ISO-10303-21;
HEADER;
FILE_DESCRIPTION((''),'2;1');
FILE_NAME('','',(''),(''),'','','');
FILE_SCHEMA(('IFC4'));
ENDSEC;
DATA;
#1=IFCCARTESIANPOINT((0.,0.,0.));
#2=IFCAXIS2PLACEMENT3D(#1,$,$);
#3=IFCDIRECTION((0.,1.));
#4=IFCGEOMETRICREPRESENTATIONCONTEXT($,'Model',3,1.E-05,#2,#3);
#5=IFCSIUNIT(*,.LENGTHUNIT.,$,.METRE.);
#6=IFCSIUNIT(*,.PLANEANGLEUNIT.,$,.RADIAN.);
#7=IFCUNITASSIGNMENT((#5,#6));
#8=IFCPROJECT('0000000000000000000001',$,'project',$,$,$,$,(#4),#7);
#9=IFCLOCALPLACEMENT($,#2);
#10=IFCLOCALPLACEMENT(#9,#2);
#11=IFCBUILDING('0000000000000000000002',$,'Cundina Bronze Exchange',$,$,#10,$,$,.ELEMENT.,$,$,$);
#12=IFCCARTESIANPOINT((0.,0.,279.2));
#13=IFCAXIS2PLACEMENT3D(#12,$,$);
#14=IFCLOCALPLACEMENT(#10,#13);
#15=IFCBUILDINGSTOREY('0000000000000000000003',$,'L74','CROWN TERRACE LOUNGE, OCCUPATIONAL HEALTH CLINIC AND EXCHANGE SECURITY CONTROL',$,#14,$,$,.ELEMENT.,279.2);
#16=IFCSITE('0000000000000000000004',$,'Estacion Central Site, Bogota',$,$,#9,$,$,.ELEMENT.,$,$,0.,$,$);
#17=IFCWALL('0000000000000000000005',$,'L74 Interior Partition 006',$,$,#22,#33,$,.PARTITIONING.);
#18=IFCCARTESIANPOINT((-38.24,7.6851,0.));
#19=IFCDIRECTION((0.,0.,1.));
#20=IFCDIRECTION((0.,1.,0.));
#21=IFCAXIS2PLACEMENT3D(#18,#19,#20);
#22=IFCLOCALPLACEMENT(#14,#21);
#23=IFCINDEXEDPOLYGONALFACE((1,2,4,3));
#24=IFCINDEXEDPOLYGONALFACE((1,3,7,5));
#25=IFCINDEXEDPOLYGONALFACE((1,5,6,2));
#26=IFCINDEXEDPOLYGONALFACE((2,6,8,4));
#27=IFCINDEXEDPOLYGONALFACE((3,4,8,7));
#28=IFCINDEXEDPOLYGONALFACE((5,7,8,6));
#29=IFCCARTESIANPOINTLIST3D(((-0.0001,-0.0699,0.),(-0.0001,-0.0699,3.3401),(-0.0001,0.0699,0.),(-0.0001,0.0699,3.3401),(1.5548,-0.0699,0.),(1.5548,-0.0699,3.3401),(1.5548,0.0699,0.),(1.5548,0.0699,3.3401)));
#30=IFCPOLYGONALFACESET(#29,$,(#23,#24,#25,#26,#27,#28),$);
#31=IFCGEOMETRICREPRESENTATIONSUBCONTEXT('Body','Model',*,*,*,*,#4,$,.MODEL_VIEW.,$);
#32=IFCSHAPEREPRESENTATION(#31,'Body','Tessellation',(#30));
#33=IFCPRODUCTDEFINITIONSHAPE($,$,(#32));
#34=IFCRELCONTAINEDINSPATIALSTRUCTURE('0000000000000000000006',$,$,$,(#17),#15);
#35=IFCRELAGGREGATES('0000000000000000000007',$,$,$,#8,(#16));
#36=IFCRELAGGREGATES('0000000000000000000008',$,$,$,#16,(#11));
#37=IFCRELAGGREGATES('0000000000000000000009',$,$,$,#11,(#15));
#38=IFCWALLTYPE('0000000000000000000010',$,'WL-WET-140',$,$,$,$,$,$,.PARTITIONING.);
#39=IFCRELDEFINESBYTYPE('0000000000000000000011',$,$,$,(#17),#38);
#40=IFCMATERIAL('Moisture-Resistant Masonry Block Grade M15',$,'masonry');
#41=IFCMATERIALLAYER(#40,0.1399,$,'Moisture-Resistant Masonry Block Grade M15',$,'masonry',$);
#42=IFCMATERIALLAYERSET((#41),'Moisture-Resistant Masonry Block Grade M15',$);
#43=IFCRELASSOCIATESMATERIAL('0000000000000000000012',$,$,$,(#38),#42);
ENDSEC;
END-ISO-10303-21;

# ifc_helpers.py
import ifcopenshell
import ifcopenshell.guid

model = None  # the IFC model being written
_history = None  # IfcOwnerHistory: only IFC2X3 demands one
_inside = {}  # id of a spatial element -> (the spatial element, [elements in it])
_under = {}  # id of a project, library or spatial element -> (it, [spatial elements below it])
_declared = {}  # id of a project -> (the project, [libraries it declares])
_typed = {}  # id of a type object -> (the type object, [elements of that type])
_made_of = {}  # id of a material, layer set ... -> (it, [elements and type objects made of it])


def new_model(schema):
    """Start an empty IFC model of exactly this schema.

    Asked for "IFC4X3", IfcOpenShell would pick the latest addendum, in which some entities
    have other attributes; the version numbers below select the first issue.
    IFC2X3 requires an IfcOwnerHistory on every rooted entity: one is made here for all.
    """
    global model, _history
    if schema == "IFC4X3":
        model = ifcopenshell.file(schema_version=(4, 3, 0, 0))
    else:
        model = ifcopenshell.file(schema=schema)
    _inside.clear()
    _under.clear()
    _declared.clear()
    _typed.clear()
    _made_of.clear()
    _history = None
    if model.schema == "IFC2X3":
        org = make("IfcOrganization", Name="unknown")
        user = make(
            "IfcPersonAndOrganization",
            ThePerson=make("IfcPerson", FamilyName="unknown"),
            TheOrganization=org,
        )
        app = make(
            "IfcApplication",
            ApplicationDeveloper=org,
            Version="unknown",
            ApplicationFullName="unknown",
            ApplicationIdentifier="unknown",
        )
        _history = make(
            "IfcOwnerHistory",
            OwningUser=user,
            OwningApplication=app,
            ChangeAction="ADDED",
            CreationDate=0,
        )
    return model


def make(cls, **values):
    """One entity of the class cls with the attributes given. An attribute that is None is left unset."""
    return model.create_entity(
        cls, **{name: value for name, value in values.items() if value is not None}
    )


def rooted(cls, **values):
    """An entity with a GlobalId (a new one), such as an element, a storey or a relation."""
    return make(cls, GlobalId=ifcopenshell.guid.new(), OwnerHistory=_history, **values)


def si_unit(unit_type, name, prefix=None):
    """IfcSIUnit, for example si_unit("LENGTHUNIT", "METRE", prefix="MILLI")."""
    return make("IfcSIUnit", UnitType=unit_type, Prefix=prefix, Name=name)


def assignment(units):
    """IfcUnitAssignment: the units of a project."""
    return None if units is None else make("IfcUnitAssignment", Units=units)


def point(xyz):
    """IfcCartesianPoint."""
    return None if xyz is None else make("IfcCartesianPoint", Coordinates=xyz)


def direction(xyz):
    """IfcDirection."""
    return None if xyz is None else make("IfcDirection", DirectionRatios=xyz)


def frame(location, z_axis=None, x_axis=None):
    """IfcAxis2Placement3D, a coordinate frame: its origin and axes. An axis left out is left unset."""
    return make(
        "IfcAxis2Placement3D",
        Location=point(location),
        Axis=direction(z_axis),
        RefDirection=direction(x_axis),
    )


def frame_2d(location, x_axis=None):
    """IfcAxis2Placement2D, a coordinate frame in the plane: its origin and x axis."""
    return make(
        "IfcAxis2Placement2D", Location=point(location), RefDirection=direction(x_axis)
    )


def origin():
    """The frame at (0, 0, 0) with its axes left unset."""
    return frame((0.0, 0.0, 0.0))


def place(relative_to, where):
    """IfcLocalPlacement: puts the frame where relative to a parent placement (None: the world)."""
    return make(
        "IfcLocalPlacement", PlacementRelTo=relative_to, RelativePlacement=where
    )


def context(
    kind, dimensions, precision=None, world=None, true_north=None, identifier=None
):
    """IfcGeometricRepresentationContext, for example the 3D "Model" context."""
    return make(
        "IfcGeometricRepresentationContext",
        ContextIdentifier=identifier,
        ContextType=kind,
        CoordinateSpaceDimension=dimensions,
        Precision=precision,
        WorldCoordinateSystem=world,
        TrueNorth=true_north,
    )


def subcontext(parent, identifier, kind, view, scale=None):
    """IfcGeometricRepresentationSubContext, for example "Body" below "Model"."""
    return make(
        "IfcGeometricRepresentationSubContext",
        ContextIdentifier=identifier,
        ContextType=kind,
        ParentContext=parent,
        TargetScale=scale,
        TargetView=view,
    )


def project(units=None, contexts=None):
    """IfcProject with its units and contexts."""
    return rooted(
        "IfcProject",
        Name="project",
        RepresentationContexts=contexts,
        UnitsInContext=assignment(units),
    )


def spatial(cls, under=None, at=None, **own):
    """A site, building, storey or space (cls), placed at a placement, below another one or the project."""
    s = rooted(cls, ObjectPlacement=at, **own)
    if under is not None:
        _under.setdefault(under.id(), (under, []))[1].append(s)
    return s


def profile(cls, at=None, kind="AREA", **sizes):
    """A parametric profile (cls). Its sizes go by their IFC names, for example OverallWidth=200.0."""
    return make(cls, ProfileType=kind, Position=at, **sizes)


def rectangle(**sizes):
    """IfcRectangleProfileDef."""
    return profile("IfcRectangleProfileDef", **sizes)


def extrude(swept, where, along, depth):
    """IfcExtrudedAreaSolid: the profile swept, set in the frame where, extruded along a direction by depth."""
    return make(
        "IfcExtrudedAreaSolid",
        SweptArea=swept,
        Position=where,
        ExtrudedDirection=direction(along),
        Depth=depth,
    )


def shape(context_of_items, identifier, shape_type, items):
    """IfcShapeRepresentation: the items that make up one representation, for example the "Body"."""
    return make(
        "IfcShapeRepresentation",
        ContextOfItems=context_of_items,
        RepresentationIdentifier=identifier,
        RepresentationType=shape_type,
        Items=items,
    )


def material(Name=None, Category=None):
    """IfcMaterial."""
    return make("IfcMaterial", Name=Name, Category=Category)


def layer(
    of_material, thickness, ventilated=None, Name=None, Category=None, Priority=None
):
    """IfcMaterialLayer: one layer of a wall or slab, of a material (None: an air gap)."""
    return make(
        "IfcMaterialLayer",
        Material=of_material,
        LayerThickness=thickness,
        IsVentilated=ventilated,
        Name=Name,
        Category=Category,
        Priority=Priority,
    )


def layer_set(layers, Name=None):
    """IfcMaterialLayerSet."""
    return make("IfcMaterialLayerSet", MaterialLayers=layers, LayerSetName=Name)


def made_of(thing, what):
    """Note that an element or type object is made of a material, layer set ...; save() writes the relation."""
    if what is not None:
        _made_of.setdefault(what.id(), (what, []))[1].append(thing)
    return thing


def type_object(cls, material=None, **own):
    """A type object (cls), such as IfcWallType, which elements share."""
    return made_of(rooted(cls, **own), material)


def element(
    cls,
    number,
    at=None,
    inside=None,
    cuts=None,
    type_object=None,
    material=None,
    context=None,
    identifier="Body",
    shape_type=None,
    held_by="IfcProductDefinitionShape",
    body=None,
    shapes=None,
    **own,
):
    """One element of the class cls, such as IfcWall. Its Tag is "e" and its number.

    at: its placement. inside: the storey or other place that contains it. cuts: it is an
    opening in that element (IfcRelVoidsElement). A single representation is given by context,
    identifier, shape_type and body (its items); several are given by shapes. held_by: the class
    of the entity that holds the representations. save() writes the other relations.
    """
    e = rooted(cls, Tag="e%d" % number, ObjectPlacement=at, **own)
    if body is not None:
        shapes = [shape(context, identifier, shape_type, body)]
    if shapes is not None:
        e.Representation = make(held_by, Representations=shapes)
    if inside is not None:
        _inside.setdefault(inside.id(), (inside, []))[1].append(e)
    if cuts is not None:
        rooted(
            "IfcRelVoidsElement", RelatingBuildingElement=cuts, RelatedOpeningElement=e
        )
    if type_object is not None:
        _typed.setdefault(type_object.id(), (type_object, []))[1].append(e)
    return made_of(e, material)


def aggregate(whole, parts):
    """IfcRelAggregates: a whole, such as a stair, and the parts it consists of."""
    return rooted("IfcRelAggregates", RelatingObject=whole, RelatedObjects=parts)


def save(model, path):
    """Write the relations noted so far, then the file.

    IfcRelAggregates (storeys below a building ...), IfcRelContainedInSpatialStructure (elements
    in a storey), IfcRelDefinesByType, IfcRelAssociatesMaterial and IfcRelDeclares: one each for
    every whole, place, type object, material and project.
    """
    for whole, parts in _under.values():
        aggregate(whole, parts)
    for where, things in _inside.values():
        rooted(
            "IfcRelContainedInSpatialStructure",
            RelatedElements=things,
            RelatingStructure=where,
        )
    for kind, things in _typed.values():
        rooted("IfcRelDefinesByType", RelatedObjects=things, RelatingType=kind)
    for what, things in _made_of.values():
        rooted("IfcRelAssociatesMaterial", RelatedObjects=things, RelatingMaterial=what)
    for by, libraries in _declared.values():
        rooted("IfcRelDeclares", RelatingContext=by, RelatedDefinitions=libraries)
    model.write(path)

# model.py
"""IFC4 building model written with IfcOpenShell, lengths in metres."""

from ifc_helpers import new_model, si_unit, direction, frame, frame_2d, origin, place, context, subcontext, project, spatial, rectangle, extrude, material, layer, layer_set, type_object, element, save


model = new_model("IFC4")

# Units and contexts
model_context = context("Model", 3, precision=1e-05, world=origin(), true_north=direction((0.0, 1.0)))
body_context = subcontext(model_context, "Body", "Model", "MODEL_VIEW")
ifc_project = project(units=[si_unit("LENGTHUNIT", "METRE"), si_unit("PLANEANGLEUNIT", "RADIAN")], contexts=[model_context])

# Site, building, storey
site_placement = place(None, origin())
site = spatial("IfcSite", under=ifc_project, at=site_placement, Name="Estacion Central Site, Bogota", CompositionType="ELEMENT", RefElevation=0.0)
building_placement = place(site_placement, origin())
building = spatial("IfcBuilding", under=site, at=building_placement, Name="Cundina Bronze Exchange", CompositionType="ELEMENT")
storey_placement = place(building_placement, frame((0.0, 0.0, 279.2)))
storey = spatial("IfcBuildingStorey", under=building, at=storey_placement, Name="L74", Description="CROWN TERRACE LOUNGE, OCCUPATIONAL HEALTH CLINIC AND EXCHANGE SECURITY CONTROL", CompositionType="ELEMENT", Elevation=279.2)

# Wall
ifc_material_1 = material(Name="Moisture-Resistant Masonry Block Grade M15", Category="masonry")
ifc_layer_1 = layer(ifc_material_1, 0.1399, Name="Moisture-Resistant Masonry Block Grade M15", Category="masonry")
ifc_layer_set_1 = layer_set([ifc_layer_1], Name="Moisture-Resistant Masonry Block Grade M15")
wall_type_1 = type_object("IfcWallType", Name="WL-WET-140", PredefinedType="PARTITIONING", material=ifc_layer_set_1)
wall_1_placement = place(storey_placement, frame((-38.24, 7.6851, 0.0), z_axis=(0.0, 0.0, 1.0), x_axis=(0.0, 1.0, 0.0)))
element("IfcWall", 1, at=wall_1_placement, inside=storey, type_object=wall_type_1, Name="L74 Interior Partition 006", PredefinedType="PARTITIONING", context=body_context, shape_type="SweptSolid", body=[
    extrude(rectangle(XDim=1.5549, YDim=0.1399, at=frame_2d((0.7773, 0.0))), origin(), (0.0, 0.0, 1.0), 3.3401),
])

save(model, "model.ifc")
